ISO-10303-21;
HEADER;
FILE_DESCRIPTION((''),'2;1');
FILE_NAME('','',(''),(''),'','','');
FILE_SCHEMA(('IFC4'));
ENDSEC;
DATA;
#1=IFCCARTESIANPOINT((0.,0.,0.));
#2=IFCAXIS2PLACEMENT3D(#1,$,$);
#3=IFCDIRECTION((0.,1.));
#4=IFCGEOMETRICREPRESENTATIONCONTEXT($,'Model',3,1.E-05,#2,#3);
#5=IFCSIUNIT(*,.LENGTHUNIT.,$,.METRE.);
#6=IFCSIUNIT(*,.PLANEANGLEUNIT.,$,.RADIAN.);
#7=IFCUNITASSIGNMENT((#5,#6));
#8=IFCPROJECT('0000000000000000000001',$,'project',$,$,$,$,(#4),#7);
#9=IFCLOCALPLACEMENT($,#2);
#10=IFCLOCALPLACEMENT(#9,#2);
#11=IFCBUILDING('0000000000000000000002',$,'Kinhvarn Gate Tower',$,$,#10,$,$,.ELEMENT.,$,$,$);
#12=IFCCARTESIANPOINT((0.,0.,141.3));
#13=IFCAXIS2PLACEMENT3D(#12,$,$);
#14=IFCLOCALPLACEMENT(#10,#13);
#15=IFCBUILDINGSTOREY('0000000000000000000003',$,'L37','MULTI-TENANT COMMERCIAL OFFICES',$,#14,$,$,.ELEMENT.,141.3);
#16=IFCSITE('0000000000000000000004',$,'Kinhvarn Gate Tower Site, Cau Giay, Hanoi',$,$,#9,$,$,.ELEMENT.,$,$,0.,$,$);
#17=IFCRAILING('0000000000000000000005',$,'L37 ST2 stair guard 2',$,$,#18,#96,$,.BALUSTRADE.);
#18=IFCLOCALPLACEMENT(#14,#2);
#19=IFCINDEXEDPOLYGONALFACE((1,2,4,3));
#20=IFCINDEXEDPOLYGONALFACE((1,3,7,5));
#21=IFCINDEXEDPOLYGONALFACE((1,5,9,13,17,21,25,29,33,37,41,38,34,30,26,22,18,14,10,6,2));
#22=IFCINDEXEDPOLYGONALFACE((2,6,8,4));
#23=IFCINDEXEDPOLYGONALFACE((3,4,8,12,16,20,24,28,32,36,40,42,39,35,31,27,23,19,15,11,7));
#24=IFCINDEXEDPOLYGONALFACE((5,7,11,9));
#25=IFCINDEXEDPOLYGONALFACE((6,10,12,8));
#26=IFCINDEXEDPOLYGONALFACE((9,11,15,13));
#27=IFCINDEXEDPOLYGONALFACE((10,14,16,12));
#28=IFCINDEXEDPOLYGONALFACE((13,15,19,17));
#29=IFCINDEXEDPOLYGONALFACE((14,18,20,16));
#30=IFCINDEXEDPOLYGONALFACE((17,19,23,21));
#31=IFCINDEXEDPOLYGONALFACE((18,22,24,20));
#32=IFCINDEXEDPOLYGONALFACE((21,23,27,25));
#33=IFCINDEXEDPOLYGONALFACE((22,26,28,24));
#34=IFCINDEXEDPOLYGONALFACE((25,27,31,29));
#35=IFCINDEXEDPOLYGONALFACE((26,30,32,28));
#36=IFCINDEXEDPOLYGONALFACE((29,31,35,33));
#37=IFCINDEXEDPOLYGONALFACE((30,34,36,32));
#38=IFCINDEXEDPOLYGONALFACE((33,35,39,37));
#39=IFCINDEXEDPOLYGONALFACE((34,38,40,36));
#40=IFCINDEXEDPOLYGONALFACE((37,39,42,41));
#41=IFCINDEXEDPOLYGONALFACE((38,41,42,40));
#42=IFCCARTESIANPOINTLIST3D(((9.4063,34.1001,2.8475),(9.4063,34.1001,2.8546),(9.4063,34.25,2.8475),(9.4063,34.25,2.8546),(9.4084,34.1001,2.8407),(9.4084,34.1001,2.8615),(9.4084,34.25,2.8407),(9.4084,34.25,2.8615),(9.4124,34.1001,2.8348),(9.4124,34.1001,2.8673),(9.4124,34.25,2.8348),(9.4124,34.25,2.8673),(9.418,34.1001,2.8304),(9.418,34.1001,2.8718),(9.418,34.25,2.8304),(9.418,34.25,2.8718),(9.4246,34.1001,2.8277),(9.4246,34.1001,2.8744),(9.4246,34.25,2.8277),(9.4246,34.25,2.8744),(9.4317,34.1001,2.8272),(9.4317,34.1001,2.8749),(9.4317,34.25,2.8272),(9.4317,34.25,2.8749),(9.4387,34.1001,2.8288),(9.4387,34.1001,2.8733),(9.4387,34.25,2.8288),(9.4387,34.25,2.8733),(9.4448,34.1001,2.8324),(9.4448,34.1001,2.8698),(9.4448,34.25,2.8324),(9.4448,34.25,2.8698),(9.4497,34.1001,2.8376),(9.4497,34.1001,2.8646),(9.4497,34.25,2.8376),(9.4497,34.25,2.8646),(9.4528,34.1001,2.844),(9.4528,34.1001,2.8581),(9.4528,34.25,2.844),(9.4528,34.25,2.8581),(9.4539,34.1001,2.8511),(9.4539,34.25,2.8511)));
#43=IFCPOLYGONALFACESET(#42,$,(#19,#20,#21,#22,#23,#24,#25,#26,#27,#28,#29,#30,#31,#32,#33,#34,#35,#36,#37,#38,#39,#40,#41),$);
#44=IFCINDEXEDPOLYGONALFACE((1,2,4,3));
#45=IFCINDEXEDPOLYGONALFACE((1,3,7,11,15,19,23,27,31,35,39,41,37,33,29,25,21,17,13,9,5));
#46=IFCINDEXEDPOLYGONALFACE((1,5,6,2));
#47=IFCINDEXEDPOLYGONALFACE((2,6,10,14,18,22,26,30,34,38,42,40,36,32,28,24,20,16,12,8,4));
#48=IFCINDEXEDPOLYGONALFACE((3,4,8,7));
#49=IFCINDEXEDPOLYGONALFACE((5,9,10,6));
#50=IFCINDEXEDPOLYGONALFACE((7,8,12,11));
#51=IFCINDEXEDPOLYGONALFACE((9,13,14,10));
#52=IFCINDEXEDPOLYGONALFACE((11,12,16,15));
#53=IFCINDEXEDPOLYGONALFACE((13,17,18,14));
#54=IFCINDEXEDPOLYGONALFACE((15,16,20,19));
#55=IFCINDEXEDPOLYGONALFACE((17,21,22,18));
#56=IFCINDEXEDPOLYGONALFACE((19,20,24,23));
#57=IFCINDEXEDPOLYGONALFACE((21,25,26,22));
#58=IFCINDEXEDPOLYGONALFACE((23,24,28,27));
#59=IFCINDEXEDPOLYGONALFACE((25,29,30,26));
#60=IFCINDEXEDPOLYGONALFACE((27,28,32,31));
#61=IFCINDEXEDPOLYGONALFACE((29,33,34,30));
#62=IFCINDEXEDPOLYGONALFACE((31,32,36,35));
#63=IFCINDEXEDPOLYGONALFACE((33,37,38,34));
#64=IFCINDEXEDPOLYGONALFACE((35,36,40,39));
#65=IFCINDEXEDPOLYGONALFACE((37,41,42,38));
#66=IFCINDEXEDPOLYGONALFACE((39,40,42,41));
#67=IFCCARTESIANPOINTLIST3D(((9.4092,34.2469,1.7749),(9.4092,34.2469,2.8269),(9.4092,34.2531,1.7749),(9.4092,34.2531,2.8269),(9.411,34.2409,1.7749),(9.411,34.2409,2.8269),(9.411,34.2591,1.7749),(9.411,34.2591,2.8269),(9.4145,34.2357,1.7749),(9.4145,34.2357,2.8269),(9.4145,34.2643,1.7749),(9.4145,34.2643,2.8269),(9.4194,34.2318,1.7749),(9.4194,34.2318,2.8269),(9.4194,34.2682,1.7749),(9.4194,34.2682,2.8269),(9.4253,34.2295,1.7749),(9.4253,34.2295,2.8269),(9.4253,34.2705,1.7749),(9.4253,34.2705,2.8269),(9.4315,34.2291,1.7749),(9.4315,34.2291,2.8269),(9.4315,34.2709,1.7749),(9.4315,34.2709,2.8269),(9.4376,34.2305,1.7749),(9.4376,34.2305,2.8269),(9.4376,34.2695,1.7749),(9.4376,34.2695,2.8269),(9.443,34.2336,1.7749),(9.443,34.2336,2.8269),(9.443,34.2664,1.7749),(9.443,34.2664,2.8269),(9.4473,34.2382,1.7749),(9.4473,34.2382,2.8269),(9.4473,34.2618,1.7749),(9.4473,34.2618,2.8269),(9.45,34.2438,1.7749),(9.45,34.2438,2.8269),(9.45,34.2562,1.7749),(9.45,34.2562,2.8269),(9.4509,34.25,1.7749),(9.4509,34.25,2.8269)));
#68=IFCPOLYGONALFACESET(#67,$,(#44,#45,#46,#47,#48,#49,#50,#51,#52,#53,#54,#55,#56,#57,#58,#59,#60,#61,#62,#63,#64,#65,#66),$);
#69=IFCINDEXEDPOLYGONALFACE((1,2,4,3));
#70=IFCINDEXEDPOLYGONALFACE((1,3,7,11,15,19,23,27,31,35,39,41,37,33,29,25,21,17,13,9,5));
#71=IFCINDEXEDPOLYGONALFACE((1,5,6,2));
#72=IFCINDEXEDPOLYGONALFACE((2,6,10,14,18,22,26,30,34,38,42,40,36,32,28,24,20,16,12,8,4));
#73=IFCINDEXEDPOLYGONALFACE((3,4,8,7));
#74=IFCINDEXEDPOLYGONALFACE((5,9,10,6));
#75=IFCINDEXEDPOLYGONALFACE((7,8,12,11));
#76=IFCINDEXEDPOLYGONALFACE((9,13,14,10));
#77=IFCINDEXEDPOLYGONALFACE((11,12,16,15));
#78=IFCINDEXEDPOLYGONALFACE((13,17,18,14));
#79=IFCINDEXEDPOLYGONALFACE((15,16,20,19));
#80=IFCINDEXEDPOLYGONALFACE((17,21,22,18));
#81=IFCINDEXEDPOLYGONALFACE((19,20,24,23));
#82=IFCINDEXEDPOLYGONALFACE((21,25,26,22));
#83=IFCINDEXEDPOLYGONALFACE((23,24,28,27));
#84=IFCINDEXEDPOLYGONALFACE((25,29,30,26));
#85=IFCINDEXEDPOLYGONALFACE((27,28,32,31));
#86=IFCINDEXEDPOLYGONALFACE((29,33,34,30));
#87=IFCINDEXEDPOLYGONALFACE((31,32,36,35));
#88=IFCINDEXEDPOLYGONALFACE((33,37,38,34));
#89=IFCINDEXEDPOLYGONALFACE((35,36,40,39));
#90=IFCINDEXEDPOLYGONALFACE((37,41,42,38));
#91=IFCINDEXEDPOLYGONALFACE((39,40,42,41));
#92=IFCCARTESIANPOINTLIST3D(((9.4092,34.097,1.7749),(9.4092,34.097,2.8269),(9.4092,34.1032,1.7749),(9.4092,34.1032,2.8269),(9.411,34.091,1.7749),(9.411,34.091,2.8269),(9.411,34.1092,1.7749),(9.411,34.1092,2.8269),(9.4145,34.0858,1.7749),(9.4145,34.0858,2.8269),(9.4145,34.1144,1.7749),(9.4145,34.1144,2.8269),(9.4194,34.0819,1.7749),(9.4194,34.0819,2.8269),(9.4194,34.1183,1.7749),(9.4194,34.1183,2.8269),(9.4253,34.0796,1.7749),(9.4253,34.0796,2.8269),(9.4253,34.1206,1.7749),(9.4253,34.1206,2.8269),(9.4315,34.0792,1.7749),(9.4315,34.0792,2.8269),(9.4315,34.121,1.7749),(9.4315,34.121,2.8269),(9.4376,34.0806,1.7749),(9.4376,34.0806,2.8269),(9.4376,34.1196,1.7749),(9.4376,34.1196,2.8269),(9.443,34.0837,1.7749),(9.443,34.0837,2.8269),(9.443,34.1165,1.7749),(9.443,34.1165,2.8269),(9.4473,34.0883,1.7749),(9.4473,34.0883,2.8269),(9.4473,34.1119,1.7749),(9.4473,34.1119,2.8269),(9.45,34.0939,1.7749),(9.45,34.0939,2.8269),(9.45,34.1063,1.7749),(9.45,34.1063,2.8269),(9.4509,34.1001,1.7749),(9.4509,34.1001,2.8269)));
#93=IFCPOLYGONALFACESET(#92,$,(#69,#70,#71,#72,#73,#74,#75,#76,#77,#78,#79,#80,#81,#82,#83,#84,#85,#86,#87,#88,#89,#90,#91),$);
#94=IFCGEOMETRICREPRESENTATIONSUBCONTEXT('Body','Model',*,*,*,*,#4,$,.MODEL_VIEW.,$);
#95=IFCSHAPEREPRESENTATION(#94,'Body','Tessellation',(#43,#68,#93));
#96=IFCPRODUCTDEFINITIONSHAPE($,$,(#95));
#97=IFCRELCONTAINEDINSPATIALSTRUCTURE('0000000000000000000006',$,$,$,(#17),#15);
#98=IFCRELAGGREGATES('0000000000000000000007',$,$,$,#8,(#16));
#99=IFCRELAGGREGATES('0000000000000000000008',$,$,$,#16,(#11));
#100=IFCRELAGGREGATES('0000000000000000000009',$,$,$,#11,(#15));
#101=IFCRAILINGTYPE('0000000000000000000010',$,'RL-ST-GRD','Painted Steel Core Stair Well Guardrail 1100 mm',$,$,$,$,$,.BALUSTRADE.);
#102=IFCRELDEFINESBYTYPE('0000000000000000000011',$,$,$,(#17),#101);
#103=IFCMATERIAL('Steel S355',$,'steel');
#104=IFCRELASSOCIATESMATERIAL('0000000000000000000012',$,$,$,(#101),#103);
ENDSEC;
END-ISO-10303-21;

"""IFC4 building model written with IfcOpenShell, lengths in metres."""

from ifc_helpers import new_model, si_unit, direction, frame, origin, origin_2d, place, context, subcontext, project, spatial, circle, extrude, material, type_object, element, save


model = new_model("IFC4")

# Units and contexts
model_context = context("Model", 3, precision=1e-05, world=origin(), true_north=direction((0.0, 1.0)))
body_context = subcontext(model_context, "Body", "Model", "MODEL_VIEW")
ifc_project = project(units=[si_unit("LENGTHUNIT", "METRE"), si_unit("PLANEANGLEUNIT", "RADIAN")], contexts=[model_context])

# Site, building, storey
site_placement = place(None, origin())
site = spatial("IfcSite", under=ifc_project, at=site_placement, Name="Kinhvarn Gate Tower Site, Cau Giay, Hanoi", CompositionType="ELEMENT", RefElevation=0.0)
building_placement = place(site_placement, origin())
building = spatial("IfcBuilding", under=site, at=building_placement, Name="Kinhvarn Gate Tower", CompositionType="ELEMENT")
storey_placement = place(building_placement, frame((0.0, 0.0, 141.3)))
storey = spatial("IfcBuildingStorey", under=building, at=storey_placement, Name="L37", Description="MULTI-TENANT COMMERCIAL OFFICES", CompositionType="ELEMENT", Elevation=141.3)

# Shared definitions
ifc_material_1 = material(Name="Steel S355", Category="steel")

# Railing
railing_type_1 = type_object("IfcRailingType", Name="RL-ST-GRD", Description="Painted Steel Core Stair Well Guardrail 1100 mm", PredefinedType="BALUSTRADE", material=ifc_material_1)
railing_1_placement = place(storey_placement, frame((9.4299, 34.25, 1.7749)))
element("IfcRailing", 1, at=railing_1_placement, inside=storey, type_object=railing_type_1, Name="L37 ST2 stair guard 2", PredefinedType="BALUSTRADE", context=body_context, shape_type="SweptSolid", body=[
    extrude(circle(Radius=0.0239, at=origin_2d()), frame((0.0, 0.0, 1.0762), z_axis=(0.0, -1.0, 0.0), x_axis=(1.0, 0.0, 0.0)), (0.0, 0.0, 1.0), 0.1499),
    extrude(circle(Radius=0.021, at=origin_2d()), origin(), (0.0, 0.0, 1.0), 1.052),
    extrude(circle(Radius=0.021, at=origin_2d()), frame((0.0, -0.1499, 0.0)), (0.0, 0.0, 1.0), 1.052),
])

save(model, "model.ifc")
